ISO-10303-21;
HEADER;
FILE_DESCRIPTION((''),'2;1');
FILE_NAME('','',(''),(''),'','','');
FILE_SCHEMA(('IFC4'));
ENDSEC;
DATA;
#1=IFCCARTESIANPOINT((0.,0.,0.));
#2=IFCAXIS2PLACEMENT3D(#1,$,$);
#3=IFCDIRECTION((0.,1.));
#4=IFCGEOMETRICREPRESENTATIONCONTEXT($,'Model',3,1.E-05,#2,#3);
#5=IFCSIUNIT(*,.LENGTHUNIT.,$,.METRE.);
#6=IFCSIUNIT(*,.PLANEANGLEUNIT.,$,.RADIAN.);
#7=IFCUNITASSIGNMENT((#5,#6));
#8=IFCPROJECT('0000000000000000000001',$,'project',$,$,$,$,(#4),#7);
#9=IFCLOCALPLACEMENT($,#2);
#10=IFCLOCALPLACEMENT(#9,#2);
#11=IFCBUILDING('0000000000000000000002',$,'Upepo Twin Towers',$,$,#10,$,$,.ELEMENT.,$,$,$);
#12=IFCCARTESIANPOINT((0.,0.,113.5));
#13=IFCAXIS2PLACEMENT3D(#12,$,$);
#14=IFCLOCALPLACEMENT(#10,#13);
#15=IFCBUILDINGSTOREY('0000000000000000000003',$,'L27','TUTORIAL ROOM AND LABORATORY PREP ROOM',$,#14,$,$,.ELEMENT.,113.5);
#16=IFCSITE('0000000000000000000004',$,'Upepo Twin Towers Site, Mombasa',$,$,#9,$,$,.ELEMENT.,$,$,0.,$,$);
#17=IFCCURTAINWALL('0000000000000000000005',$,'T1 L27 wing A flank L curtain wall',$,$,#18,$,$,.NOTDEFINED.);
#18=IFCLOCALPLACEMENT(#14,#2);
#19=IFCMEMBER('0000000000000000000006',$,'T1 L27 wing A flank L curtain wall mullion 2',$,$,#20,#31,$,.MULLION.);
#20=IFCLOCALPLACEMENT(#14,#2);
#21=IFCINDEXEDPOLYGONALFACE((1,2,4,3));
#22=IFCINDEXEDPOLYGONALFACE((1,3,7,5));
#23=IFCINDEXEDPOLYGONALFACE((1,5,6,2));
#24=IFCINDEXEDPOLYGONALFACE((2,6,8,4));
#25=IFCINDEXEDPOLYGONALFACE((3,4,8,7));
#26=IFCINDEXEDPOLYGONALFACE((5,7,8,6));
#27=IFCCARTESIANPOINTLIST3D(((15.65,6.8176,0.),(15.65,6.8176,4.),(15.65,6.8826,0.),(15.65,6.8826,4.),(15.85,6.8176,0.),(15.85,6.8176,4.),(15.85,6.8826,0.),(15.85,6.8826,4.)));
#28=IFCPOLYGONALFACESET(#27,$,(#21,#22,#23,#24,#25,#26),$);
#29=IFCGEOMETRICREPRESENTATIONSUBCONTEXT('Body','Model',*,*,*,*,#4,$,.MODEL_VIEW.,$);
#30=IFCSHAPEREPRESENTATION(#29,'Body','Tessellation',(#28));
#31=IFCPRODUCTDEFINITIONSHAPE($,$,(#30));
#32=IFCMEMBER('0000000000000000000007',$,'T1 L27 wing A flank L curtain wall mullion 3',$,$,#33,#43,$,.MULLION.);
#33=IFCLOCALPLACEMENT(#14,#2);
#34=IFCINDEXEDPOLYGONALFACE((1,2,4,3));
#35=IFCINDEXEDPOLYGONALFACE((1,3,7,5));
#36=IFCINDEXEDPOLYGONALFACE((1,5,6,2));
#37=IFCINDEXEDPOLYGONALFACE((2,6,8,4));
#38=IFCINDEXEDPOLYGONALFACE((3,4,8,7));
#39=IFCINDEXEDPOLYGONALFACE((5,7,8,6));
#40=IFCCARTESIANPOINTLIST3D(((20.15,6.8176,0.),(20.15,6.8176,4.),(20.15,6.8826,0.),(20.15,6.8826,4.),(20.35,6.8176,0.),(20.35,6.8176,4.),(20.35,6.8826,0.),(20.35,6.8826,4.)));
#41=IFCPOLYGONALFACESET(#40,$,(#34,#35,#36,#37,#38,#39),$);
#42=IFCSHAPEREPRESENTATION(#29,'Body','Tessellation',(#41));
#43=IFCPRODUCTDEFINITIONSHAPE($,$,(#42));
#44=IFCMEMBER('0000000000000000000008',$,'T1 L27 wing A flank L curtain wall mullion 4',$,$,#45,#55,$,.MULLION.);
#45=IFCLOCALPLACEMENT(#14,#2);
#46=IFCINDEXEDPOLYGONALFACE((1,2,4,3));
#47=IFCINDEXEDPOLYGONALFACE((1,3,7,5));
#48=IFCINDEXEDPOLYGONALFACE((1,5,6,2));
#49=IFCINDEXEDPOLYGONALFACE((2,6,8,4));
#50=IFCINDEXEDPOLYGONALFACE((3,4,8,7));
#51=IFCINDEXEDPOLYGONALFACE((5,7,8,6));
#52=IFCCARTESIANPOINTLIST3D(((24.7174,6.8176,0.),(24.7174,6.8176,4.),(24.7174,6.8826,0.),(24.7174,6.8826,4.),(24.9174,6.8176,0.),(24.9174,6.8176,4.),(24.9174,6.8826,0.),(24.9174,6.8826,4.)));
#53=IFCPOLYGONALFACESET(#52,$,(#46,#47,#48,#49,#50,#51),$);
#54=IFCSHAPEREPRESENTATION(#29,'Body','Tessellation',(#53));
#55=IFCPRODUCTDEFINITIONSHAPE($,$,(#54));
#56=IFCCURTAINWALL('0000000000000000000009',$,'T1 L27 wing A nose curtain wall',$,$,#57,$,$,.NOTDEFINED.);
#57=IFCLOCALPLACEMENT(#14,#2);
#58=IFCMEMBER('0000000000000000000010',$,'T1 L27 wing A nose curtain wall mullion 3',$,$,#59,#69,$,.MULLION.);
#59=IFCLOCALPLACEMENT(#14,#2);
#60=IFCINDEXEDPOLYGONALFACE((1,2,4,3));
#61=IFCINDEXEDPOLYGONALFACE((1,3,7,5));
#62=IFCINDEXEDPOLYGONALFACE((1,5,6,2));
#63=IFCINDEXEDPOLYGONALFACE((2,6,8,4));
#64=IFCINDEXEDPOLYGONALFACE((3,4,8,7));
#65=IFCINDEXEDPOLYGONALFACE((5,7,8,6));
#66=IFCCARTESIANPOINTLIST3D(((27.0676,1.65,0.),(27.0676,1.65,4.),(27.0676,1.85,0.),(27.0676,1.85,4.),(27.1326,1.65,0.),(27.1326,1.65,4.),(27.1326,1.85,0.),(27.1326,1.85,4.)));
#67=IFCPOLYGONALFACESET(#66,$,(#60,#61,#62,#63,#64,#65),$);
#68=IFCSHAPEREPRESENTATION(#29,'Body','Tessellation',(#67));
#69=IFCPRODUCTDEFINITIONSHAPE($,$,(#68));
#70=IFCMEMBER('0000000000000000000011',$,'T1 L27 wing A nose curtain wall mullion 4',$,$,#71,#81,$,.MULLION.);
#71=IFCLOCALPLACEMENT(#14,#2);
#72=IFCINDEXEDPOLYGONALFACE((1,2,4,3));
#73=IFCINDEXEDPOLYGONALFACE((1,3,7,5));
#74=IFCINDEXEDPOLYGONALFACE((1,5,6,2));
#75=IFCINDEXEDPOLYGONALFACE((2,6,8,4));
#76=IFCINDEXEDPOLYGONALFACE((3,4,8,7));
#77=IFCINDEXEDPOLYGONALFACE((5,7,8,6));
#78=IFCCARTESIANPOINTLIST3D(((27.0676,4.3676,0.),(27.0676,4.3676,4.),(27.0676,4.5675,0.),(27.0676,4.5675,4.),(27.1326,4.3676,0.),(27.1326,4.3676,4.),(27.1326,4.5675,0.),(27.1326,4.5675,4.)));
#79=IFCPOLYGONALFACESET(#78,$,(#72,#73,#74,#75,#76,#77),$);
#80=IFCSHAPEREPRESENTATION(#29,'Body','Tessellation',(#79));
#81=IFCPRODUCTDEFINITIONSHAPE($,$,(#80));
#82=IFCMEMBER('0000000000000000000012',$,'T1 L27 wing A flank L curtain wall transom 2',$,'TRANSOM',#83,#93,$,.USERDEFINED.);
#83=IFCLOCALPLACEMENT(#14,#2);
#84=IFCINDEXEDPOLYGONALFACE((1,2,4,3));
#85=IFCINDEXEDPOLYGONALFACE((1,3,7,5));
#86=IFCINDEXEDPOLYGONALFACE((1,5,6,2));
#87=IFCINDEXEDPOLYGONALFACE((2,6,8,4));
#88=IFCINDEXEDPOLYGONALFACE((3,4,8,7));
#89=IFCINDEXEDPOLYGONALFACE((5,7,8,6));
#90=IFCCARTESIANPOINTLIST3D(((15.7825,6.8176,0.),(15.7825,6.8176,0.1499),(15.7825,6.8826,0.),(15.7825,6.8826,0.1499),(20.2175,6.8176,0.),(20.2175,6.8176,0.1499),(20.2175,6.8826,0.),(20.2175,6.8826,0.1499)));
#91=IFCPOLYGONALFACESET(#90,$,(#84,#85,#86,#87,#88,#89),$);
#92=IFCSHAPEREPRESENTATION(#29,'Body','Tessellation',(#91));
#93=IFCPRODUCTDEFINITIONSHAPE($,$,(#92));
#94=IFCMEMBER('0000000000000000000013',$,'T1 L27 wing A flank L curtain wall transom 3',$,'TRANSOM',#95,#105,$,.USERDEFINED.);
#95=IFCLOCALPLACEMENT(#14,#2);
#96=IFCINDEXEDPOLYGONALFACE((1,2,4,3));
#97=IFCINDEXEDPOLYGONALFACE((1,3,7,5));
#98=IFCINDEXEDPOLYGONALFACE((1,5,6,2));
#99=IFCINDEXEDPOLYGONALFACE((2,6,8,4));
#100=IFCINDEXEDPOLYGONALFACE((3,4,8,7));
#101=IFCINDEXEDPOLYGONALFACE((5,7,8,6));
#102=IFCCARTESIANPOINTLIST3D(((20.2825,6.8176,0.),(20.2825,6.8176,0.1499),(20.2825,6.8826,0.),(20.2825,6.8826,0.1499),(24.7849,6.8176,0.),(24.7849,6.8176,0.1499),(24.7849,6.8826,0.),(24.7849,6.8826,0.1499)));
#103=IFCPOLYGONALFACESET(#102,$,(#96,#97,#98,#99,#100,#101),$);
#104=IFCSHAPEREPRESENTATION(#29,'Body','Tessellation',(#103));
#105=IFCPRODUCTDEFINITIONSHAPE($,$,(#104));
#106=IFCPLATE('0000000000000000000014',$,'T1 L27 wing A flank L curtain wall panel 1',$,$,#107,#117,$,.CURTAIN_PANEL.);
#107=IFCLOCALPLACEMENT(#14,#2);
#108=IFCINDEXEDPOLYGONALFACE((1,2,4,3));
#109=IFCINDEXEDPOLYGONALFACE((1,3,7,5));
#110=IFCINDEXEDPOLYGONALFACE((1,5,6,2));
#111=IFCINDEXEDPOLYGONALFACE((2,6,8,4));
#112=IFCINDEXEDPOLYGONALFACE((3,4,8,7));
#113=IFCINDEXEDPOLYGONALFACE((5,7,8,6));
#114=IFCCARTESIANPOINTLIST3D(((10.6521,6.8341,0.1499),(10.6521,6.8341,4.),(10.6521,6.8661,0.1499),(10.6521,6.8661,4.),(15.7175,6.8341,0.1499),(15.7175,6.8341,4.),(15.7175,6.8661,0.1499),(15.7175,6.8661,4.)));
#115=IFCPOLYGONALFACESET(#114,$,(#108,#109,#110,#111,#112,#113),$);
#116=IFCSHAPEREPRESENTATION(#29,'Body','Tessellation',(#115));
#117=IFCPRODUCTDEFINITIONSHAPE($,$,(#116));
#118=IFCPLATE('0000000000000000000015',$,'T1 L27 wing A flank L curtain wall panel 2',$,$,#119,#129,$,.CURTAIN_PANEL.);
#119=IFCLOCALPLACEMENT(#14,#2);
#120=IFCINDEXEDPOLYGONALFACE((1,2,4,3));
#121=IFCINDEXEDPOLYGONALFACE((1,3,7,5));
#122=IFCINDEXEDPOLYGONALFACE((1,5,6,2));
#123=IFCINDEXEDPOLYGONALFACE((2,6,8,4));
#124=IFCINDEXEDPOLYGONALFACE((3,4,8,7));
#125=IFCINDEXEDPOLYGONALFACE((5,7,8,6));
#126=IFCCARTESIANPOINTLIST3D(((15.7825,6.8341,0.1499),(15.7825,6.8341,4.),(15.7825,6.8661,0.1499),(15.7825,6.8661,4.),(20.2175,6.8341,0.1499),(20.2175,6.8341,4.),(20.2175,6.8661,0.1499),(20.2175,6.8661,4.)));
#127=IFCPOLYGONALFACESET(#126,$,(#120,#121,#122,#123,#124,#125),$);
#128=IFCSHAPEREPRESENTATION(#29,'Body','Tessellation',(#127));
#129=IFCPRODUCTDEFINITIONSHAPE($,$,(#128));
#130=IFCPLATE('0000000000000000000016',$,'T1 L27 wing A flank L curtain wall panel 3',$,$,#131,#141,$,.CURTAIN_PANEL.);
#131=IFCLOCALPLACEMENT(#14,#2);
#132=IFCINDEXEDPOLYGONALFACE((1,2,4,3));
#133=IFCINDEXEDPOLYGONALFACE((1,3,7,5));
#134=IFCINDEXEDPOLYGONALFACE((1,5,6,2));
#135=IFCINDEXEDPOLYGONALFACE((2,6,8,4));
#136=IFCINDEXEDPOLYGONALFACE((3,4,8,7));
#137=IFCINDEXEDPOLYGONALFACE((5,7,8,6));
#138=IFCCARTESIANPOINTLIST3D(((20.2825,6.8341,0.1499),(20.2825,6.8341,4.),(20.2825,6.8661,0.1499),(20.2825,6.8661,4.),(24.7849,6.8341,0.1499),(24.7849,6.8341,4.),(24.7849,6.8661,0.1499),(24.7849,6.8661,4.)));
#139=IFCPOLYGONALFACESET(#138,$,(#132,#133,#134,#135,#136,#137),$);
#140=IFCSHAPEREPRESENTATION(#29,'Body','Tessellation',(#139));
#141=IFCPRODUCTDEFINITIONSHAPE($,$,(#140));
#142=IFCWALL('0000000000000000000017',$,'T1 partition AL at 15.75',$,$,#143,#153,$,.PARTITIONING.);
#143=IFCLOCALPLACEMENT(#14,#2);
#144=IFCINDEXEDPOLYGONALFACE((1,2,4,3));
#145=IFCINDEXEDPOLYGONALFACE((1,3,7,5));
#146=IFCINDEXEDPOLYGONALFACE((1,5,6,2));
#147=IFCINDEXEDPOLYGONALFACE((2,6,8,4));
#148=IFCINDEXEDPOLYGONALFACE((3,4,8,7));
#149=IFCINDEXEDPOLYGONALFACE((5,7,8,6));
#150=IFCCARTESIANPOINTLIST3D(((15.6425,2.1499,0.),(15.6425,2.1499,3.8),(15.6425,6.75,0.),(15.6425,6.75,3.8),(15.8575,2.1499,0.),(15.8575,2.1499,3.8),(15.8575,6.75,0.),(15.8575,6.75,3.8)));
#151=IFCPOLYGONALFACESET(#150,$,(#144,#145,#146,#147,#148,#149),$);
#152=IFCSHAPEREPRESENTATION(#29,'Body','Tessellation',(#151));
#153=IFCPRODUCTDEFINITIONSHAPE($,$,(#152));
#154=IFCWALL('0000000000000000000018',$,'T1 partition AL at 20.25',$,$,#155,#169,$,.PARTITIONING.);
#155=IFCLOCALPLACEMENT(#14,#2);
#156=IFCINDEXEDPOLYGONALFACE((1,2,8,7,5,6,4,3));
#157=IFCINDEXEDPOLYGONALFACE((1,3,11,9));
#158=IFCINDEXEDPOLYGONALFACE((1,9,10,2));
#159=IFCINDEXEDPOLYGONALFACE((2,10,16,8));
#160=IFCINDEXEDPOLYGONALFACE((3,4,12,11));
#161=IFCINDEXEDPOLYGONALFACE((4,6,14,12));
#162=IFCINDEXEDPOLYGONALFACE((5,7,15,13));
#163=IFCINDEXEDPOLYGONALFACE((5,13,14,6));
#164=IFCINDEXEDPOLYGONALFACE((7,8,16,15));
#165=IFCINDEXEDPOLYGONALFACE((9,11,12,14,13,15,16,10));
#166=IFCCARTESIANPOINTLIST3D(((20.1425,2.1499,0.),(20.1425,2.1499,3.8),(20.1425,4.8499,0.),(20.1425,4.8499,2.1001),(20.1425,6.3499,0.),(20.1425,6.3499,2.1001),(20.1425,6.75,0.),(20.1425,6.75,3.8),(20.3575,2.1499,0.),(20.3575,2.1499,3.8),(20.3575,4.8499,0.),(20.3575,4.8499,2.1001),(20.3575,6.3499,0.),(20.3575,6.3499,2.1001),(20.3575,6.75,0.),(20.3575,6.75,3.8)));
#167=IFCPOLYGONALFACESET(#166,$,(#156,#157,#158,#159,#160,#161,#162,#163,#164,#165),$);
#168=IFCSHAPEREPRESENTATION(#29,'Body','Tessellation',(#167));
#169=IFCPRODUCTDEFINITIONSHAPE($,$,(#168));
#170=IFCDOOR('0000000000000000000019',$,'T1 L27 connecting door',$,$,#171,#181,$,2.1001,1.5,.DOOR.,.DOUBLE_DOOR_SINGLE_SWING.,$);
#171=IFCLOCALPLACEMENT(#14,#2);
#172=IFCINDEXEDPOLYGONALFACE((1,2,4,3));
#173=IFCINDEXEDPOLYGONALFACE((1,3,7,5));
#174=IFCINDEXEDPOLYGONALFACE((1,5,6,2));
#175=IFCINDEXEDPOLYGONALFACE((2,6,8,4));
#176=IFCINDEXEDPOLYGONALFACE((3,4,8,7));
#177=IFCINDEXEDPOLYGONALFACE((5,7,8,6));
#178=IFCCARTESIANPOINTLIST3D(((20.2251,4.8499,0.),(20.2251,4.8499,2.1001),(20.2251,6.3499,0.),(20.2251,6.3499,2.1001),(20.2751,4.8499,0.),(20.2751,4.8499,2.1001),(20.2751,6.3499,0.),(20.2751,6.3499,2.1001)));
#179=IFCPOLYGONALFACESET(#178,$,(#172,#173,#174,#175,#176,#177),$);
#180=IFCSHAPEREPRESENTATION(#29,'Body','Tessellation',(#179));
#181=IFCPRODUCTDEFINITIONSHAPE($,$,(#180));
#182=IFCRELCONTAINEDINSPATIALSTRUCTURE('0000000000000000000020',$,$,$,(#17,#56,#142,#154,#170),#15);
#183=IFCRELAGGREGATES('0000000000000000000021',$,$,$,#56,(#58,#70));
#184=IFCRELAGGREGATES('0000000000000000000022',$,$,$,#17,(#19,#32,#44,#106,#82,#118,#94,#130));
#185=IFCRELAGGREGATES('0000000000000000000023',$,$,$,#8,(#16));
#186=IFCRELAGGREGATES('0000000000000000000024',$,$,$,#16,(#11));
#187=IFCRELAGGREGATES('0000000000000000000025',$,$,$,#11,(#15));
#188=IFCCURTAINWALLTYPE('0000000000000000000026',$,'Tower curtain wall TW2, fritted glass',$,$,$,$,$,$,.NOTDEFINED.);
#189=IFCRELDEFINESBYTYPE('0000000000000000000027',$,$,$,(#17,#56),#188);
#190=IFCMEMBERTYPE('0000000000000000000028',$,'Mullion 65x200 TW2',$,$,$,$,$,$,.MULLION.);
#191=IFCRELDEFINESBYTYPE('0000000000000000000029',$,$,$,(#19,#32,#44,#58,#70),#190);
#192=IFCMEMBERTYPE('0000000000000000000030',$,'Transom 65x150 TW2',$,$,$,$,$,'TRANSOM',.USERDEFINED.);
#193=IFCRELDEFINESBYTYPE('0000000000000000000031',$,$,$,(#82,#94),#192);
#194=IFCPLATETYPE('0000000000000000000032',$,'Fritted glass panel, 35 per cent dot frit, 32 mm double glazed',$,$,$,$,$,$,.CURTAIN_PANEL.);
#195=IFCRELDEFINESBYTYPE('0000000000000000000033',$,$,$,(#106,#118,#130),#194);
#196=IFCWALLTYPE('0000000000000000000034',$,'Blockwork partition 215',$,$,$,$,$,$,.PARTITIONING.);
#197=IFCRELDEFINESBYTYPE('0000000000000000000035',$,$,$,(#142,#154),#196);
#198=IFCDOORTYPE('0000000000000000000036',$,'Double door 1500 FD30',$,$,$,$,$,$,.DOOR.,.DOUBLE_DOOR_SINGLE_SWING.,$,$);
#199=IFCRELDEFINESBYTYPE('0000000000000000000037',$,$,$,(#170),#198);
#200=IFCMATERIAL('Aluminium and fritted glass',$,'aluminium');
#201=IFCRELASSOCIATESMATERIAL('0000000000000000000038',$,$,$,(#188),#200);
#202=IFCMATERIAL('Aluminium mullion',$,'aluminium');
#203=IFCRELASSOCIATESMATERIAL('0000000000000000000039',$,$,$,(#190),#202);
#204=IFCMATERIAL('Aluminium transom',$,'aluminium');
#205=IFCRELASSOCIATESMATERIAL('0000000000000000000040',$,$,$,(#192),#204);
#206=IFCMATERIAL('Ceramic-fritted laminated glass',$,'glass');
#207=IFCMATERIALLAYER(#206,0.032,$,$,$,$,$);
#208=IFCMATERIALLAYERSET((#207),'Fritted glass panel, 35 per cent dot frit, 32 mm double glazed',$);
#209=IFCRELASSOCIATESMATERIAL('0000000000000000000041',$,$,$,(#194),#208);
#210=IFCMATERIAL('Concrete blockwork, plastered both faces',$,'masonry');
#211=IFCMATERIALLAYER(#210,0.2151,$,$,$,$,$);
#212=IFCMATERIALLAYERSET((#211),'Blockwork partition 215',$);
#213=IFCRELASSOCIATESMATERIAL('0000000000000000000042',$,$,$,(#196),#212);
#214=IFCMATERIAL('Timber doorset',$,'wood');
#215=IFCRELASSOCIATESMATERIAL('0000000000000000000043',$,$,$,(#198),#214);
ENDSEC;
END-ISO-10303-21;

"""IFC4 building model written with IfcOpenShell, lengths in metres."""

from ifc_helpers import new_model, si_unit, direction, frame, frame_2d, origin, origin_2d, place, context, subcontext, project, spatial, rectangle, extrude, material, layer, layer_set, material_profile, profile_set, type_object, element, fill, aggregate, save


model = new_model("IFC4")

# Units and contexts
model_context = context("Model", 3, precision=1e-05, world=origin(), true_north=direction((0.0, 1.0)))
body_context = subcontext(model_context, "Body", "Model", "MODEL_VIEW")
ifc_project = project(units=[si_unit("LENGTHUNIT", "METRE"), si_unit("PLANEANGLEUNIT", "RADIAN")], contexts=[model_context])

# Site, building, storey
site_placement = place(None, origin())
site = spatial("IfcSite", under=ifc_project, at=site_placement, Name="Upepo Twin Towers Site, Mombasa", CompositionType="ELEMENT", RefElevation=0.0)
building_placement = place(site_placement, origin())
building = spatial("IfcBuilding", under=site, at=building_placement, Name="Upepo Twin Towers", CompositionType="ELEMENT")
storey_placement = place(building_placement, frame((0.0, 0.0, 113.5)))
storey = spatial("IfcBuildingStorey", under=building, at=storey_placement, Name="L27", Description="TUTORIAL ROOM AND LABORATORY PREP ROOM", CompositionType="ELEMENT", Elevation=113.5)

# Curtain walls, members
ifc_material_1 = material(Name="Aluminium and fritted glass", Category="aluminium")
curtain_wall_type = type_object("IfcCurtainWallType", Name="Tower curtain wall TW2, fritted glass", PredefinedType="NOTDEFINED", material=ifc_material_1)
curtain_wall_1_placement = place(storey_placement, origin())
curtain_wall_1 = element("IfcCurtainWall", 1, at=curtain_wall_1_placement, inside=storey, type_object=curtain_wall_type, Name="T1 L27 wing A flank L curtain wall", PredefinedType="NOTDEFINED")
ifc_material_2 = material(Name="Aluminium mullion", Category="aluminium")
ifc_material_profile_1 = material_profile(ifc_material_2, rectangle(XDim=0.0649, YDim=0.2, at=origin_2d()), Name="MULLION 65x200")
ifc_profile_set_1 = profile_set([ifc_material_profile_1], Name="Aluminium mullion")
member_type_1 = type_object("IfcMemberType", Name="Mullion 65x200 TW2", PredefinedType="MULLION", material=ifc_profile_set_1)
member_1_placement = place(storey_placement, frame((15.75, 6.8501, 0.0), z_axis=(0.0, 0.0, 1.0), x_axis=(0.0, 1.0, 0.0)))
member_1 = element("IfcMember", 2, at=member_1_placement, type_object=member_type_1, Name="T1 L27 wing A flank L curtain wall mullion 2", PredefinedType="MULLION", context=body_context, shape_type="SweptSolid", body=[
    extrude(rectangle(XDim=0.0649, YDim=0.2, at=origin_2d()), origin(), (0.0, 0.0, 1.0), 4.0),
])
member_2_placement = place(storey_placement, frame((20.25, 6.8501, 0.0), z_axis=(0.0, 0.0, 1.0), x_axis=(0.0, 1.0, 0.0)))
member_2 = element("IfcMember", 3, at=member_2_placement, type_object=member_type_1, Name="T1 L27 wing A flank L curtain wall mullion 3", PredefinedType="MULLION", context=body_context, shape_type="SweptSolid", body=[
    extrude(rectangle(XDim=0.0649, YDim=0.2, at=origin_2d()), origin(), (0.0, 0.0, 1.0), 4.0),
])
member_3_placement = place(storey_placement, frame((24.8174, 6.8501, 0.0), z_axis=(0.0, 0.0, 1.0), x_axis=(0.0, 1.0, 0.0)))
member_3 = element("IfcMember", 4, at=member_3_placement, type_object=member_type_1, Name="T1 L27 wing A flank L curtain wall mullion 4", PredefinedType="MULLION", context=body_context, shape_type="SweptSolid", body=[
    extrude(rectangle(XDim=0.0649, YDim=0.2, at=origin_2d()), origin(), (0.0, 0.0, 1.0), 4.0),
])
curtain_wall_2_placement = place(storey_placement, origin())
curtain_wall_2 = element("IfcCurtainWall", 5, at=curtain_wall_2_placement, inside=storey, type_object=curtain_wall_type, Name="T1 L27 wing A nose curtain wall", PredefinedType="NOTDEFINED")
member_4_placement = place(storey_placement, frame((27.1001, 1.75, 0.0), z_axis=(0.0, 0.0, 1.0), x_axis=(-1.0, 0.0, 0.0)))
member_4 = element("IfcMember", 6, at=member_4_placement, type_object=member_type_1, Name="T1 L27 wing A nose curtain wall mullion 3", PredefinedType="MULLION", context=body_context, shape_type="SweptSolid", body=[
    extrude(rectangle(XDim=0.0649, YDim=0.2, at=origin_2d()), origin(), (0.0, 0.0, 1.0), 4.0),
])
member_5_placement = place(storey_placement, frame((27.1001, 4.4675, 0.0), z_axis=(0.0, 0.0, 1.0), x_axis=(-1.0, 0.0, 0.0)))
member_5 = element("IfcMember", 7, at=member_5_placement, type_object=member_type_1, Name="T1 L27 wing A nose curtain wall mullion 4", PredefinedType="MULLION", context=body_context, shape_type="SweptSolid", body=[
    extrude(rectangle(XDim=0.0649, YDim=0.2, at=origin_2d()), origin(), (0.0, 0.0, 1.0), 4.0),
])
aggregate(curtain_wall_2, [member_4, member_5])

# Members
ifc_material_3 = material(Name="Aluminium transom", Category="aluminium")
ifc_material_profile_2 = material_profile(ifc_material_3, rectangle(XDim=0.0649, YDim=0.1499, at=origin_2d()), Name="TRANSOM 65x150")
ifc_profile_set_2 = profile_set([ifc_material_profile_2], Name="Aluminium transom")
member_type_2 = type_object("IfcMemberType", Name="Transom 65x150 TW2", ElementType="TRANSOM", PredefinedType="USERDEFINED", material=ifc_profile_set_2)
member_6_placement = place(storey_placement, frame((15.7825, 6.8501, 0.075), z_axis=(1.0, 0.0, 0.0), x_axis=(0.0, 1.0, 0.0)))
member_6 = element("IfcMember", 8, at=member_6_placement, type_object=member_type_2, Name="T1 L27 wing A flank L curtain wall transom 2", ObjectType="TRANSOM", PredefinedType="USERDEFINED", context=body_context, shape_type="SweptSolid", body=[
    extrude(rectangle(XDim=0.0649, YDim=0.1499, at=origin_2d()), origin(), (0.0, 0.0, 1.0), 4.4351),
])
member_7_placement = place(storey_placement, frame((20.2825, 6.8501, 0.075), z_axis=(1.0, 0.0, 0.0), x_axis=(0.0, 1.0, 0.0)))
member_7 = element("IfcMember", 9, at=member_7_placement, type_object=member_type_2, Name="T1 L27 wing A flank L curtain wall transom 3", ObjectType="TRANSOM", PredefinedType="USERDEFINED", context=body_context, shape_type="SweptSolid", body=[
    extrude(rectangle(XDim=0.0649, YDim=0.1499, at=origin_2d()), origin(), (0.0, 0.0, 1.0), 4.5024),
])

# Plates
ifc_material_4 = material(Name="Ceramic-fritted laminated glass", Category="glass")
ifc_layer_1 = layer(ifc_material_4, 0.032)
ifc_layer_set_1 = layer_set([ifc_layer_1], Name="Fritted glass panel, 35 per cent dot frit, 32 mm double glazed")
plate_type = type_object("IfcPlateType", Name="Fritted glass panel, 35 per cent dot frit, 32 mm double glazed", PredefinedType="CURTAIN_PANEL", material=ifc_layer_set_1)
plate_1_placement = place(storey_placement, frame((13.1848, 6.8501, 0.1499), z_axis=(0.0, 0.0, 1.0), x_axis=(1.0, 0.0, 0.0)))
plate_1 = element("IfcPlate", 10, at=plate_1_placement, type_object=plate_type, Name="T1 L27 wing A flank L curtain wall panel 1", PredefinedType="CURTAIN_PANEL", context=body_context, shape_type="SweptSolid", body=[
    extrude(rectangle(XDim=5.0654, YDim=0.032, at=origin_2d()), origin(), (0.0, 0.0, 1.0), 3.8501),
])
plate_2_placement = place(storey_placement, frame((18.0, 6.8501, 0.1499), z_axis=(0.0, 0.0, 1.0), x_axis=(1.0, 0.0, 0.0)))
plate_2 = element("IfcPlate", 11, at=plate_2_placement, type_object=plate_type, Name="T1 L27 wing A flank L curtain wall panel 2", PredefinedType="CURTAIN_PANEL", context=body_context, shape_type="SweptSolid", body=[
    extrude(rectangle(XDim=4.4351, YDim=0.032, at=origin_2d()), origin(), (0.0, 0.0, 1.0), 3.8501),
])
plate_3_placement = place(storey_placement, frame((22.5337, 6.8501, 0.1499), z_axis=(0.0, 0.0, 1.0), x_axis=(1.0, 0.0, 0.0)))
plate_3 = element("IfcPlate", 12, at=plate_3_placement, type_object=plate_type, Name="T1 L27 wing A flank L curtain wall panel 3", PredefinedType="CURTAIN_PANEL", context=body_context, shape_type="SweptSolid", body=[
    extrude(rectangle(XDim=4.5024, YDim=0.032, at=origin_2d()), origin(), (0.0, 0.0, 1.0), 3.8501),
])
aggregate(curtain_wall_1, [member_1, member_2, member_3, plate_1, member_6, plate_2, member_7, plate_3])

# Wall
ifc_material_5 = material(Name="Concrete blockwork, plastered both faces", Category="masonry")
ifc_layer_2 = layer(ifc_material_5, 0.2151)
ifc_layer_set_2 = layer_set([ifc_layer_2], Name="Blockwork partition 215")
wall_type_1 = type_object("IfcWallType", Name="Blockwork partition 215", PredefinedType="PARTITIONING", material=ifc_layer_set_2)
wall_1_placement = place(storey_placement, frame((15.75, 2.1499, 0.0), z_axis=(0.0, 0.0, 1.0), x_axis=(0.0, 1.0, 0.0)))
element("IfcWall", 13, at=wall_1_placement, inside=storey, type_object=wall_type_1, Name="T1 partition AL at 15.75", PredefinedType="PARTITIONING", context=body_context, shape_type="SweptSolid", body=[
    extrude(rectangle(XDim=4.6001, YDim=0.2151, at=frame_2d((2.3, 0.0))), origin(), (0.0, 0.0, 1.0), 3.8),
])

# Wall, opening, door
wall_2_placement = place(storey_placement, frame((20.25, 2.1499, 0.0), z_axis=(0.0, 0.0, 1.0), x_axis=(0.0, 1.0, 0.0)))
wall_2 = element("IfcWall", 14, at=wall_2_placement, inside=storey, type_object=wall_type_1, Name="T1 partition AL at 20.25", PredefinedType="PARTITIONING", context=body_context, shape_type="SweptSolid", body=[
    extrude(rectangle(XDim=4.6001, YDim=0.2151, at=frame_2d((2.3, 0.0))), origin(), (0.0, 0.0, 1.0), 3.8),
])
opening_1_placement = place(wall_2_placement, frame((2.7, 0.0, 0.0)))
opening_1 = element("IfcOpeningElement", 15, at=opening_1_placement, cuts=wall_2, PredefinedType="OPENING", context=body_context, shape_type="SweptSolid", body=[
    extrude(rectangle(XDim=1.5, YDim=2.1001, at=frame_2d((0.75, 1.05))), frame((0.0, 0.1174, 0.0), z_axis=(0.0, -1.0, 0.0), x_axis=(1.0, 0.0, 0.0)), (0.0, 0.0, 1.0), 0.2351),
])
ifc_material_6 = material(Name="Timber doorset", Category="wood")
door_type_1 = type_object("IfcDoorType", Name="Double door 1500 FD30", OperationType="DOUBLE_DOOR_SINGLE_SWING", PredefinedType="DOOR", material=ifc_material_6)
door_1_placement = place(opening_1_placement, origin())
door_1 = element("IfcDoor", 16, at=door_1_placement, inside=storey, type_object=door_type_1, Name="T1 L27 connecting door", OperationType="DOUBLE_DOOR_SINGLE_SWING", OverallHeight=2.1001, OverallWidth=1.5, PredefinedType="DOOR", context=body_context, shape_type="SweptSolid", body=[
    extrude(rectangle(XDim=1.5, YDim=2.1001, at=frame_2d((0.75, 1.05))), frame((0.0, 0.0249, 0.0), z_axis=(0.0, -1.0, 0.0), x_axis=(1.0, 0.0, 0.0)), (0.0, 0.0, 1.0), 0.05),
])
fill(opening_1, door_1)

save(model, "model.ifc")
